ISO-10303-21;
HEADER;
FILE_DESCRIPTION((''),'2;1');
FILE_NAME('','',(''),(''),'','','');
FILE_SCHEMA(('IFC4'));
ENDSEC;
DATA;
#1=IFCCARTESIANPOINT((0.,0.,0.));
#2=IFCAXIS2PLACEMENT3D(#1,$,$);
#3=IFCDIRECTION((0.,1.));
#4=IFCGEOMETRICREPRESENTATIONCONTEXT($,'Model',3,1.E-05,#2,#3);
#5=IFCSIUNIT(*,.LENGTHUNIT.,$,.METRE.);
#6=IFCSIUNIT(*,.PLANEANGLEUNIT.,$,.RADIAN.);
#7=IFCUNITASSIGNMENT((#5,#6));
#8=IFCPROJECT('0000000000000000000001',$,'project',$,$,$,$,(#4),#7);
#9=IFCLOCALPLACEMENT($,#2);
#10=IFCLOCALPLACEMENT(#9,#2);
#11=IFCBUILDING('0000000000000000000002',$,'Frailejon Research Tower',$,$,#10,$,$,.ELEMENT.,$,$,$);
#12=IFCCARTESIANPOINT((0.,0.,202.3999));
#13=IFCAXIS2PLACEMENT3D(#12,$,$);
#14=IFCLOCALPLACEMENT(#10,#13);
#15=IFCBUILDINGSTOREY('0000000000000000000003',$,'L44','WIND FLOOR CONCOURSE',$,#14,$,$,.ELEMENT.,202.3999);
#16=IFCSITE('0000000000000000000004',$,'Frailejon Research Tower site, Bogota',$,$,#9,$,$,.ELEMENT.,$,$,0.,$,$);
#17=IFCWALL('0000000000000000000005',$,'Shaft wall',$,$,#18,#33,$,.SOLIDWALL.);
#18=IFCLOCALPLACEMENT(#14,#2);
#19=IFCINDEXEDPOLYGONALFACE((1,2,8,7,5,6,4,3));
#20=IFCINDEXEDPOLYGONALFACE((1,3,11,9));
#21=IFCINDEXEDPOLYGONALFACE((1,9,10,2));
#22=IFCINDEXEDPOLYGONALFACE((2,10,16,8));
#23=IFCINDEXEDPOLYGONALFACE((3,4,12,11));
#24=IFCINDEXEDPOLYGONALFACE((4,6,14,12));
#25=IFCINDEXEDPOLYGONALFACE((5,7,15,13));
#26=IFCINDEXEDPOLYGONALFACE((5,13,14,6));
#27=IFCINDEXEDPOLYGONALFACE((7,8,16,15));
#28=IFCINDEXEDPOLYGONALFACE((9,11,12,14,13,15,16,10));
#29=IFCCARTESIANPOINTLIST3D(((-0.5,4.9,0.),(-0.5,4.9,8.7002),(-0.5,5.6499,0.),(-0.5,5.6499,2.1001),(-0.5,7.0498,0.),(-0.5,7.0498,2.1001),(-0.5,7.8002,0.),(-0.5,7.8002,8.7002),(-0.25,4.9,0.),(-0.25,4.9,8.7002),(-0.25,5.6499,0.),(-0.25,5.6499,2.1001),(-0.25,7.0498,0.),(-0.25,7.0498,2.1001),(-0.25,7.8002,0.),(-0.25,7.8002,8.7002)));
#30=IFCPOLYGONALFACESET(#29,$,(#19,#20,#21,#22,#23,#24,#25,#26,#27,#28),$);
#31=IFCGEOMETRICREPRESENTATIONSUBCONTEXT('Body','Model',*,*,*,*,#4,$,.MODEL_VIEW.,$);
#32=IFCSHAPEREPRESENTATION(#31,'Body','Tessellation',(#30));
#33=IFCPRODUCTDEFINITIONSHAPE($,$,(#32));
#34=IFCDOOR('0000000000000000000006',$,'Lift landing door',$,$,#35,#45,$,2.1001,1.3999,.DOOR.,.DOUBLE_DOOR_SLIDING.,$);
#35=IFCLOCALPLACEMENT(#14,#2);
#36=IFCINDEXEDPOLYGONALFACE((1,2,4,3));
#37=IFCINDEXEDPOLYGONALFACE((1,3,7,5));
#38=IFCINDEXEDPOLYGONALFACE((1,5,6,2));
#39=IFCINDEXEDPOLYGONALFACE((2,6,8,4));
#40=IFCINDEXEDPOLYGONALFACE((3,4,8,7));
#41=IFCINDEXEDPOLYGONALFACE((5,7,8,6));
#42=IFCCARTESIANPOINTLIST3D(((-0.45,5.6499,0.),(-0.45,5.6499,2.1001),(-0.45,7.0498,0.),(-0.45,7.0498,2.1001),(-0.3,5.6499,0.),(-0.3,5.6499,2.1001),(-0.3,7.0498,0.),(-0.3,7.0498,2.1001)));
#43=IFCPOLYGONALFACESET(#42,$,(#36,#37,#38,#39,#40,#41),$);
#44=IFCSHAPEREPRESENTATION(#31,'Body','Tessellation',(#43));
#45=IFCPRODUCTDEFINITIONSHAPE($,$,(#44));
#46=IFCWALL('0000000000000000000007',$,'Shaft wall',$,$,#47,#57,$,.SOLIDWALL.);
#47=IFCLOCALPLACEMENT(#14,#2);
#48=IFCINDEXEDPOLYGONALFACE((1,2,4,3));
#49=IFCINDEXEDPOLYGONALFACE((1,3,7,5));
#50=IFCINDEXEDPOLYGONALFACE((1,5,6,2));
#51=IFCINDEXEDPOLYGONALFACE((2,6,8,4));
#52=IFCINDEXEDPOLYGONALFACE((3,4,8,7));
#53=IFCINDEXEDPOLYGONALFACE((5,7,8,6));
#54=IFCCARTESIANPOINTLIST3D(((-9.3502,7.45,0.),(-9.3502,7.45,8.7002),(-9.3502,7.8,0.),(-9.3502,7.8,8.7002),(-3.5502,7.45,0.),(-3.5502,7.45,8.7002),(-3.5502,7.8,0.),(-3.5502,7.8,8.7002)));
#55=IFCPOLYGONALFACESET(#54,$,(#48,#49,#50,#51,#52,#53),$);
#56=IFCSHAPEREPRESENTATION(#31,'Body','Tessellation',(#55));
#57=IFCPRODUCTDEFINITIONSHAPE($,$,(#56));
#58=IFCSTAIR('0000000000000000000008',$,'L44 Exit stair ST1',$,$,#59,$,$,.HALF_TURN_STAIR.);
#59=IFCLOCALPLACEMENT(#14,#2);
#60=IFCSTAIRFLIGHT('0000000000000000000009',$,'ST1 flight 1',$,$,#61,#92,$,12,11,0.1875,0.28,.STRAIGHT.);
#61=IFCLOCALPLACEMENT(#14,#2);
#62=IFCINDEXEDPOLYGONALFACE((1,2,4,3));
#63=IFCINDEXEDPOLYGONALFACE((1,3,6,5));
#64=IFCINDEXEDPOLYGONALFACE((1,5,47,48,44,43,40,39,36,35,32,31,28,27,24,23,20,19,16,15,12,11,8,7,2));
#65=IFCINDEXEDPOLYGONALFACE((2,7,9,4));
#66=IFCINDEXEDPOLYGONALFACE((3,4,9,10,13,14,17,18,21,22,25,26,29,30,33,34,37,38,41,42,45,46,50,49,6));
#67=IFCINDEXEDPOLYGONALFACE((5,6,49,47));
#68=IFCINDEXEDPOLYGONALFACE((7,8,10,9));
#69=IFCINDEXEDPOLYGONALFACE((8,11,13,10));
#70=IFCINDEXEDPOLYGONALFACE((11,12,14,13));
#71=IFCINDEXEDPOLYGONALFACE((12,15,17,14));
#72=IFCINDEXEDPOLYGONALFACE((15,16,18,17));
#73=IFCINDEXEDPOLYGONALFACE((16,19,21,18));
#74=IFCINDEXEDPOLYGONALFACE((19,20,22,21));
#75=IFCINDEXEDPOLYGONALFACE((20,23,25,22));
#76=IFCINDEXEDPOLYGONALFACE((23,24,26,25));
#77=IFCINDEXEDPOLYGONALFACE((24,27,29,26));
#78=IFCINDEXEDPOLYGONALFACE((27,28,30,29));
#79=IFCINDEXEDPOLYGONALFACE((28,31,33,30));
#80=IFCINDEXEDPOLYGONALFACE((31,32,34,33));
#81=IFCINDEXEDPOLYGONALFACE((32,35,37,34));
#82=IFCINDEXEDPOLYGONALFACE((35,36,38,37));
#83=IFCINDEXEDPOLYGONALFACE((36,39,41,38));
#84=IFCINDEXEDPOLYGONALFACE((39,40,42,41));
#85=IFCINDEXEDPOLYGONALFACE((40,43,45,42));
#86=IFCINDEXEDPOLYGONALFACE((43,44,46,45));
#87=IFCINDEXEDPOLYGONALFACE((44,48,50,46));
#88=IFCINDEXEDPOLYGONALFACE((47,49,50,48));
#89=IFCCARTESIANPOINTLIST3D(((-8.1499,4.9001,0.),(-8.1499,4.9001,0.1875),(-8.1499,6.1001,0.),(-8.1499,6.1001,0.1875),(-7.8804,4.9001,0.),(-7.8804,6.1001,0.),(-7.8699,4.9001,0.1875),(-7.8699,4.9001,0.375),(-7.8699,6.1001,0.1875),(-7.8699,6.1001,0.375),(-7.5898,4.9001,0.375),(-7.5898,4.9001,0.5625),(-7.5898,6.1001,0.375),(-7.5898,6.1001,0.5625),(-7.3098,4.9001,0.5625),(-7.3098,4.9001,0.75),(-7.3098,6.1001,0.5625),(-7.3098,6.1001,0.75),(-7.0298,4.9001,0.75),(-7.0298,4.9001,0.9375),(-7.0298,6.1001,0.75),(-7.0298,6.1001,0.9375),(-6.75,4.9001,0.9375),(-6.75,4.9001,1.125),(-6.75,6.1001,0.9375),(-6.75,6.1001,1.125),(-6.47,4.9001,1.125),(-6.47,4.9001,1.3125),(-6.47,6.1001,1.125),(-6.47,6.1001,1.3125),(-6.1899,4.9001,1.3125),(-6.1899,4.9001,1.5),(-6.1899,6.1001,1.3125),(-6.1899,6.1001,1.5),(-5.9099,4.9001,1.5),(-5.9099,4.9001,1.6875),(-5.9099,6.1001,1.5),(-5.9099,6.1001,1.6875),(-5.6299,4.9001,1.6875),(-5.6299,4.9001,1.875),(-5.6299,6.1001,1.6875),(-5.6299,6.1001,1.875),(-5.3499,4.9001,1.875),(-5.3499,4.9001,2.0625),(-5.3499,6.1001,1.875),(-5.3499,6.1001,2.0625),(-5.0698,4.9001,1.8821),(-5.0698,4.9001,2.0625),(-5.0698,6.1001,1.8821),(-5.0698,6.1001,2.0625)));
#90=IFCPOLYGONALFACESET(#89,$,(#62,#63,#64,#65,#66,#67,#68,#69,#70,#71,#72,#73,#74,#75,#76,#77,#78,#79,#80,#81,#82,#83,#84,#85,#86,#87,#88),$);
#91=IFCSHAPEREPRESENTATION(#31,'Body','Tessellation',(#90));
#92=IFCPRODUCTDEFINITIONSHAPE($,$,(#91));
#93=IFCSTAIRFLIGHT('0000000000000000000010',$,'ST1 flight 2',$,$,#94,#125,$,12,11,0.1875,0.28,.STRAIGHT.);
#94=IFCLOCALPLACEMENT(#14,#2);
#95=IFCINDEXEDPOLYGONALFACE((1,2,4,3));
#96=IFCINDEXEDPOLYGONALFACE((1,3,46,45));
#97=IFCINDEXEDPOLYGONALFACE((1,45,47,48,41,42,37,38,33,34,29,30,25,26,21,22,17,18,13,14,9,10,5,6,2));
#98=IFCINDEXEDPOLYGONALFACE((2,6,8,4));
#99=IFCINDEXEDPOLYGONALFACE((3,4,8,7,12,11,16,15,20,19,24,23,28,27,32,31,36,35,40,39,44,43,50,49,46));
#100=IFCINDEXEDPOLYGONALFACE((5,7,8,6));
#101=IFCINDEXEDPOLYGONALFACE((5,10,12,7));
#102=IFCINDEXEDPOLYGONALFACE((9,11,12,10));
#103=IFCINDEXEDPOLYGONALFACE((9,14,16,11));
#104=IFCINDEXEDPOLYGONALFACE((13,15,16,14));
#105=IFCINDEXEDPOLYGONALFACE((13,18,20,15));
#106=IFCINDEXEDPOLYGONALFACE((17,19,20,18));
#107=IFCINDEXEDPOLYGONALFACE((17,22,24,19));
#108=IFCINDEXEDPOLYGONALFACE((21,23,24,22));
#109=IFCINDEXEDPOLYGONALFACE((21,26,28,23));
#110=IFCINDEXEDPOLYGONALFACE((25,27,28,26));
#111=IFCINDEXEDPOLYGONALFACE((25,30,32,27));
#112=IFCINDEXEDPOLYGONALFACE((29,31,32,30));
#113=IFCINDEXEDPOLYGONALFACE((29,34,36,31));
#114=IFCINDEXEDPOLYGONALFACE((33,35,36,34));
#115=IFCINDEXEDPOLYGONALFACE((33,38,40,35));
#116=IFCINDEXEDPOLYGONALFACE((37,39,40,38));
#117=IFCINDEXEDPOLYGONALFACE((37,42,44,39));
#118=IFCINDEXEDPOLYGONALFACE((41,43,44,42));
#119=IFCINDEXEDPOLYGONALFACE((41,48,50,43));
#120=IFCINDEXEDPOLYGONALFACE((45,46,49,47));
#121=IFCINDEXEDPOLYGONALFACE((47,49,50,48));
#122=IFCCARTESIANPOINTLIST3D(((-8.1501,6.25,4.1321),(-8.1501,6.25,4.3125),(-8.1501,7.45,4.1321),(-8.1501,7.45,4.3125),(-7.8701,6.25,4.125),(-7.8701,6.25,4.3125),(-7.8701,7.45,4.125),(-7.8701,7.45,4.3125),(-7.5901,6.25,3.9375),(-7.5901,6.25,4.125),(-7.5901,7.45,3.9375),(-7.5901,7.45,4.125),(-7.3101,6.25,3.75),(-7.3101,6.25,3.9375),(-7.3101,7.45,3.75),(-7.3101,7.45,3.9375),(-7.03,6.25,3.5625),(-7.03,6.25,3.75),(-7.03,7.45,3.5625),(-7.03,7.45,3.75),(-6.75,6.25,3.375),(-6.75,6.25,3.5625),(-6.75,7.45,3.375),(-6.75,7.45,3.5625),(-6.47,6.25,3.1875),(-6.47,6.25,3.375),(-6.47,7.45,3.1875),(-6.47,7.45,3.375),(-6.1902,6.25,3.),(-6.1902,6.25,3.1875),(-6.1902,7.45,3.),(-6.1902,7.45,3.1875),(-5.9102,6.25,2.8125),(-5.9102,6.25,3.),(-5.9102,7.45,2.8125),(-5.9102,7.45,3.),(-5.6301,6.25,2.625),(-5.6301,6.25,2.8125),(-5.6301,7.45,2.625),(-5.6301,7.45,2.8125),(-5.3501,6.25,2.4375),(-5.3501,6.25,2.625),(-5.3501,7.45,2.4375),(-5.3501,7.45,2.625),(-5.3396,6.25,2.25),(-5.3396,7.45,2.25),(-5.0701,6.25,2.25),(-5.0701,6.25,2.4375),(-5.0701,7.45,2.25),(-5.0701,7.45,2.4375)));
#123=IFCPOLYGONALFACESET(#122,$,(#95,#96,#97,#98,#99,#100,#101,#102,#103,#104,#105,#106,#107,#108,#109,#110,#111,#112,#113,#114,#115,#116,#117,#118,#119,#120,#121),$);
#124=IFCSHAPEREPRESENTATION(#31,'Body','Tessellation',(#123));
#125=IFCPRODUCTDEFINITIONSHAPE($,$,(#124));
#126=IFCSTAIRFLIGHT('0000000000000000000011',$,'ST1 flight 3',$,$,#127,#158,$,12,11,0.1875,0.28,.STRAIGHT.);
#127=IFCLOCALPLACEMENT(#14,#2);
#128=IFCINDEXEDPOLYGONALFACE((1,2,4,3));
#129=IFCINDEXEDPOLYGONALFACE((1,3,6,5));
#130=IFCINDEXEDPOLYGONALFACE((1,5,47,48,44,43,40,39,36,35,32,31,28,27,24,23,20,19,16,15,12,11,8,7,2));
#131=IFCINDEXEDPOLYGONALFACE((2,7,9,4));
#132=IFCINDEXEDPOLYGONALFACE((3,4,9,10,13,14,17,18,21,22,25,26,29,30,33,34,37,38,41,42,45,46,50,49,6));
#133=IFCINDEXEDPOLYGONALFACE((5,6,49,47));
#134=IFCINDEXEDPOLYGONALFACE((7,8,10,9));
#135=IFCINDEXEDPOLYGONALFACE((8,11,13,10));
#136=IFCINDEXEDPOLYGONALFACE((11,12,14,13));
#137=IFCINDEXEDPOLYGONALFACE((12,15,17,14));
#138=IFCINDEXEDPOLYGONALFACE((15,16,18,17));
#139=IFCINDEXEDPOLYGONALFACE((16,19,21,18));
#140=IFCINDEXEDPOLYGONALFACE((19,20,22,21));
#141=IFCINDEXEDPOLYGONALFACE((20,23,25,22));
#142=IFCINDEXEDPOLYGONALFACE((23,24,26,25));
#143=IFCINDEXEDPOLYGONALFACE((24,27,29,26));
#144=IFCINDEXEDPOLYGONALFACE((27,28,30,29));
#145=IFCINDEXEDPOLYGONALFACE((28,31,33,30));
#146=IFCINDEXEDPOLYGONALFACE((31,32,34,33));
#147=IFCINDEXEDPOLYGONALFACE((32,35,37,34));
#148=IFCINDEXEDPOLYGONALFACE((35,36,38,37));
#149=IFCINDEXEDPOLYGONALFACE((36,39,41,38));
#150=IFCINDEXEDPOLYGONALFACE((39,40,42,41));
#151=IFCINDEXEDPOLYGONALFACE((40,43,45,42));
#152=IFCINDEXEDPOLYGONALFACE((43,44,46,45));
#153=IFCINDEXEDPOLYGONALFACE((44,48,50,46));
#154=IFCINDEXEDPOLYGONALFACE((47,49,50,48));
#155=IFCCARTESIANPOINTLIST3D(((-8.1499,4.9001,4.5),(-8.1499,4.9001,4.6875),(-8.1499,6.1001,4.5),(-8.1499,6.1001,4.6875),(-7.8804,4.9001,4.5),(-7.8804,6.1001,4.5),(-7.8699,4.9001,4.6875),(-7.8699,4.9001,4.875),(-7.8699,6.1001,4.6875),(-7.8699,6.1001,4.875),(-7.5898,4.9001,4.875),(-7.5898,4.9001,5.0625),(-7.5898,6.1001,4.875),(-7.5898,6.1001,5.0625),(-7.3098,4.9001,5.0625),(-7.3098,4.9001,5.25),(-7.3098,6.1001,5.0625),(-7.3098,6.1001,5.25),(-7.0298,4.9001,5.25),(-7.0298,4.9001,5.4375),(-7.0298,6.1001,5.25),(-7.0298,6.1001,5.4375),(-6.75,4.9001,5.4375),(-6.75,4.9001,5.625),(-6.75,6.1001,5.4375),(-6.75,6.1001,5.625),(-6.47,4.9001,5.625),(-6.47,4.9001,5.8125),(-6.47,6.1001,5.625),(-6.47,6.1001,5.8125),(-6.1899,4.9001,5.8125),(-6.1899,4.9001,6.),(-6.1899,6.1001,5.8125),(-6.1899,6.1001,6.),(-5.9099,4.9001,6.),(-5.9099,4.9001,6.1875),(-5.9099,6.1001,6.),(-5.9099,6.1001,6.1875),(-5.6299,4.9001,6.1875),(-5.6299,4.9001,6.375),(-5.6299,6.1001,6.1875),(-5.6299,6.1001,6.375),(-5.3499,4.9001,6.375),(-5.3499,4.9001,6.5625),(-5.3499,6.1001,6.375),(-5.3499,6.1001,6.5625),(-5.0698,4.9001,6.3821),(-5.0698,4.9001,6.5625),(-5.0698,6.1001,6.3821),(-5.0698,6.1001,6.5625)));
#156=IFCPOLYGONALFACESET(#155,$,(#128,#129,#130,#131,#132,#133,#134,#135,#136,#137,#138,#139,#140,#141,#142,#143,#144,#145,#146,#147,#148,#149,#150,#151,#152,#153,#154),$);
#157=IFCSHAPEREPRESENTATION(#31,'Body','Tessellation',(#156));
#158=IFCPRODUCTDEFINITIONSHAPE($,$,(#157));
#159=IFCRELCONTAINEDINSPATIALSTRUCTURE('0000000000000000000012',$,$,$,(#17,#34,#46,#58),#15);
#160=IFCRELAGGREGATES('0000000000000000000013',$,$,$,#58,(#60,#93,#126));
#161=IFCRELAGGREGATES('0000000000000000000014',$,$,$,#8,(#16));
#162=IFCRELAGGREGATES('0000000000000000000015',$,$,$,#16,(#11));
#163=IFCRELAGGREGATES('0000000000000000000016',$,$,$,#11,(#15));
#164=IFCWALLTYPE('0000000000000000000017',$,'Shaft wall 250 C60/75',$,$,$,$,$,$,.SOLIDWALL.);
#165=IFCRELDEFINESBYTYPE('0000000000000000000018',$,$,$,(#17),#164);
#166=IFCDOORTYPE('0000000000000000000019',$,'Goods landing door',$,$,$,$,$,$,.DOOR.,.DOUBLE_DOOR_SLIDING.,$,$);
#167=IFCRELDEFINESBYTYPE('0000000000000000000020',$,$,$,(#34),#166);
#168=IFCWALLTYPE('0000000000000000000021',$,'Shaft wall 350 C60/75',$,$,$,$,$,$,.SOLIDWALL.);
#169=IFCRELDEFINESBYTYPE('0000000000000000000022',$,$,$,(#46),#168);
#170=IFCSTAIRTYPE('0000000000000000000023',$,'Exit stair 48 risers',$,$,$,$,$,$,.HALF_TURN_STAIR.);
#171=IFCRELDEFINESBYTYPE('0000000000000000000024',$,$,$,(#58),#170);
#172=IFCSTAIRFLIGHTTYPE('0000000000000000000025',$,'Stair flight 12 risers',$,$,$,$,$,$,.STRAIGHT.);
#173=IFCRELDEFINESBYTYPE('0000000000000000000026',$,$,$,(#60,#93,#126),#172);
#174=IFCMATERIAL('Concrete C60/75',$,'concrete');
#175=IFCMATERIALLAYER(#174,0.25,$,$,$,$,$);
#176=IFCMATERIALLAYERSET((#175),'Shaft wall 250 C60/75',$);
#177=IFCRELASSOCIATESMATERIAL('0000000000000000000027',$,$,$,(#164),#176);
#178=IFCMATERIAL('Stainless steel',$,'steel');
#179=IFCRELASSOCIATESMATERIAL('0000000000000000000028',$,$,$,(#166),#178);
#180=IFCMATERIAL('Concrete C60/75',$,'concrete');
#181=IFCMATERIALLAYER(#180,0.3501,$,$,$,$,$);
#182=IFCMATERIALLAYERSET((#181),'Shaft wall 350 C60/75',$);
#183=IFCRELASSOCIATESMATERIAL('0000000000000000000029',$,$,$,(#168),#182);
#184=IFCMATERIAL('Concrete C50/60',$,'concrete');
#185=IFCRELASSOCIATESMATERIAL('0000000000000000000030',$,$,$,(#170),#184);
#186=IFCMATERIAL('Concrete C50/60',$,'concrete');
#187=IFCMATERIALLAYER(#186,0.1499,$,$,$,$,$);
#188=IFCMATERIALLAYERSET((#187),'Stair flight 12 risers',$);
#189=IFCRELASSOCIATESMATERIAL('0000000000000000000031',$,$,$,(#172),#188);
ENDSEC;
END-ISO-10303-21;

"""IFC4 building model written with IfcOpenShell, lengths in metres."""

from ifc_helpers import new_model, si_unit, direction, frame, frame_2d, origin, place, context, subcontext, project, spatial, polyline, rectangle, outline, extrude, material, layer, layer_set, type_object, element, fill, aggregate, save


model = new_model("IFC4")

# Units and contexts
model_context = context("Model", 3, precision=1e-05, world=origin(), true_north=direction((0.0, 1.0)))
body_context = subcontext(model_context, "Body", "Model", "MODEL_VIEW")
ifc_project = project(units=[si_unit("LENGTHUNIT", "METRE"), si_unit("PLANEANGLEUNIT", "RADIAN")], contexts=[model_context])

# Site, building, storey
site_placement = place(None, origin())
site = spatial("IfcSite", under=ifc_project, at=site_placement, Name="Frailejon Research Tower site, Bogota", CompositionType="ELEMENT", RefElevation=0.0)
building_placement = place(site_placement, origin())
building = spatial("IfcBuilding", under=site, at=building_placement, Name="Frailejon Research Tower", CompositionType="ELEMENT")
storey_placement = place(building_placement, frame((0.0, 0.0, 202.3999)))
storey = spatial("IfcBuildingStorey", under=building, at=storey_placement, Name="L44", Description="WIND FLOOR CONCOURSE", CompositionType="ELEMENT", Elevation=202.3999)

# Shared definitions
ifc_material_1 = material(Name="Concrete C60/75", Category="concrete")
ifc_layer_1 = layer(ifc_material_1, 0.25)
ifc_layer_set_1 = layer_set([ifc_layer_1], Name="Shaft wall 250 C60/75")
wall_type_1 = type_object("IfcWallType", Name="Shaft wall 250 C60/75", PredefinedType="SOLIDWALL", material=ifc_layer_set_1)

# Wall, opening, door
wall_1_placement = place(storey_placement, frame((-0.375, 4.8999, 0.0), z_axis=(0.0, 0.0, 1.0), x_axis=(0.0, 1.0, 0.0)))
wall_1 = element("IfcWall", 1, at=wall_1_placement, inside=storey, type_object=wall_type_1, Name="Shaft wall", PredefinedType="SOLIDWALL", context=body_context, shape_type="SweptSolid", body=[
    extrude(rectangle(XDim=2.9001, YDim=0.25, at=frame_2d((1.4502, 0.0))), origin(), (0.0, 0.0, 1.0), 8.7002),
])
opening_1_placement = place(wall_1_placement, frame((0.75, 0.0, 0.0)))
opening_1 = element("IfcOpeningElement", 2, at=opening_1_placement, cuts=wall_1, PredefinedType="OPENING", context=body_context, shape_type="SweptSolid", body=[
    extrude(rectangle(XDim=1.3999, YDim=2.1001, at=frame_2d((0.7, 1.05))), frame((0.0, 0.135, 0.0), z_axis=(0.0, -1.0, 0.0), x_axis=(1.0, 0.0, 0.0)), (0.0, 0.0, 1.0), 0.27),
])
ifc_material_2 = material(Name="Stainless steel", Category="steel")
door_type_1 = type_object("IfcDoorType", Name="Goods landing door", OperationType="DOUBLE_DOOR_SLIDING", PredefinedType="DOOR", material=ifc_material_2)
door_1_placement = place(opening_1_placement, origin())
door_1 = element("IfcDoor", 3, at=door_1_placement, inside=storey, type_object=door_type_1, Name="Lift landing door", OperationType="DOUBLE_DOOR_SLIDING", OverallHeight=2.1001, OverallWidth=1.3999, PredefinedType="DOOR", context=body_context, shape_type="SweptSolid", body=[
    extrude(rectangle(XDim=1.3999, YDim=2.1001, at=frame_2d((0.7, 1.05))), frame((0.0, 0.075, 0.0), z_axis=(0.0, -1.0, 0.0), x_axis=(1.0, 0.0, 0.0)), (0.0, 0.0, 1.0), 0.1499),
])
fill(opening_1, door_1)

# Wall
ifc_material_3 = material(Name="Concrete C60/75", Category="concrete")
ifc_layer_2 = layer(ifc_material_3, 0.3501)
ifc_layer_set_2 = layer_set([ifc_layer_2], Name="Shaft wall 350 C60/75")
wall_type_2 = type_object("IfcWallType", Name="Shaft wall 350 C60/75", PredefinedType="SOLIDWALL", material=ifc_layer_set_2)
wall_2_placement = place(storey_placement, frame((-9.3501, 7.625, 0.0), z_axis=(0.0, 0.0, 1.0), x_axis=(1.0, 0.0, 0.0)))
element("IfcWall", 4, at=wall_2_placement, inside=storey, type_object=wall_type_2, Name="Shaft wall", PredefinedType="SOLIDWALL", context=body_context, shape_type="SweptSolid", body=[
    extrude(rectangle(XDim=5.8, YDim=0.3501, at=frame_2d((2.8999, 0.0))), origin(), (0.0, 0.0, 1.0), 8.7002),
])

# Stair, stair flights
ifc_material_4 = material(Name="Concrete C50/60", Category="concrete")
stair_type = type_object("IfcStairType", Name="Exit stair 48 risers", PredefinedType="HALF_TURN_STAIR", material=ifc_material_4)
stair_placement = place(storey_placement, origin())
stair = element("IfcStair", 5, at=stair_placement, inside=storey, type_object=stair_type, Name="L44 Exit stair ST1", PredefinedType="HALF_TURN_STAIR")
ifc_material_5 = material(Name="Concrete C50/60", Category="concrete")
ifc_layer_3 = layer(ifc_material_5, 0.1499)
ifc_layer_set_3 = layer_set([ifc_layer_3], Name="Stair flight 12 risers")
stair_flight_type = type_object("IfcStairFlightType", Name="Stair flight 12 risers", PredefinedType="STRAIGHT", material=ifc_layer_set_3)
stair_flight_1_placement = place(storey_placement, frame((-8.1499, 5.5, 0.0), z_axis=(0.0, 0.0, 1.0), x_axis=(1.0, 0.0, 0.0)))
stair_flight_1 = element("IfcStairFlight", 6, at=stair_flight_1_placement, type_object=stair_flight_type, Name="ST1 flight 1", NumberOfRisers=12, NumberOfTreads=11, PredefinedType="STRAIGHT", RiserHeight=0.1875, TreadLength=0.28, context=body_context, shape_type="SweptSolid", body=[
    extrude(outline(polyline([(0.0, 0.0), (0.0, 0.1875), (0.28, 0.1875), (0.28, 0.375), (0.5601, 0.375), (0.5601, 0.5625), (0.8401, 0.5625), (0.8401, 0.75), (1.1201, 0.75), (1.1201, 0.9375), (1.3999, 0.9375), (1.3999, 1.125), (1.6799, 1.125), (1.6799, 1.3125), (1.96, 1.3125), (1.96, 1.5), (2.24, 1.5), (2.24, 1.6875), (2.52, 1.6875), (2.52, 1.875), (2.8, 1.875), (2.8, 2.0625), (3.0801, 2.0625), (3.0801, 2.25), (3.0801, 1.8821), (0.2695, 0.0), (0.0, 0.0)])), frame((0.0, 0.6001, 0.0), z_axis=(0.0, -1.0, 0.0), x_axis=(1.0, 0.0, 0.0)), (0.0, 0.0, 1.0), 1.2),
])
stair_flight_2_placement = place(storey_placement, frame((-5.0701, 6.8501, 2.25), z_axis=(0.0, 0.0, 1.0), x_axis=(-1.0, 0.0, 0.0)))
stair_flight_2 = element("IfcStairFlight", 7, at=stair_flight_2_placement, type_object=stair_flight_type, Name="ST1 flight 2", NumberOfRisers=12, NumberOfTreads=11, PredefinedType="STRAIGHT", RiserHeight=0.1875, TreadLength=0.28, context=body_context, shape_type="SweptSolid", body=[
    extrude(outline(polyline([(0.0, 0.0), (0.0, 0.1875), (0.28, 0.1875), (0.28, 0.375), (0.5601, 0.375), (0.5601, 0.5625), (0.8401, 0.5625), (0.8401, 0.75), (1.1201, 0.75), (1.1201, 0.9375), (1.3999, 0.9375), (1.3999, 1.125), (1.6799, 1.125), (1.6799, 1.3125), (1.96, 1.3125), (1.96, 1.5), (2.24, 1.5), (2.24, 1.6875), (2.52, 1.6875), (2.52, 1.875), (2.8, 1.875), (2.8, 2.0625), (3.0801, 2.0625), (3.0801, 2.25), (3.0801, 1.8821), (0.2695, 0.0), (0.0, 0.0)])), frame((0.0, 0.6001, 0.0), z_axis=(0.0, -1.0, 0.0), x_axis=(1.0, 0.0, 0.0)), (0.0, 0.0, 1.0), 1.2),
])
stair_flight_3_placement = place(storey_placement, frame((-8.1499, 5.5, 4.5), z_axis=(0.0, 0.0, 1.0), x_axis=(1.0, 0.0, 0.0)))
stair_flight_3 = element("IfcStairFlight", 8, at=stair_flight_3_placement, type_object=stair_flight_type, Name="ST1 flight 3", NumberOfRisers=12, NumberOfTreads=11, PredefinedType="STRAIGHT", RiserHeight=0.1875, TreadLength=0.28, context=body_context, shape_type="SweptSolid", body=[
    extrude(outline(polyline([(0.0, 0.0), (0.0, 0.1875), (0.28, 0.1875), (0.28, 0.375), (0.5601, 0.375), (0.5601, 0.5625), (0.8401, 0.5625), (0.8401, 0.75), (1.1201, 0.75), (1.1201, 0.9375), (1.3999, 0.9375), (1.3999, 1.125), (1.6799, 1.125), (1.6799, 1.3125), (1.96, 1.3125), (1.96, 1.5), (2.24, 1.5), (2.24, 1.6875), (2.52, 1.6875), (2.52, 1.875), (2.8, 1.875), (2.8, 2.0625), (3.0801, 2.0625), (3.0801, 2.25), (3.0801, 1.8821), (0.2695, 0.0), (0.0, 0.0)])), frame((0.0, 0.6001, 0.0), z_axis=(0.0, -1.0, 0.0), x_axis=(1.0, 0.0, 0.0)), (0.0, 0.0, 1.0), 1.2),
])
aggregate(stair, [stair_flight_1, stair_flight_2, stair_flight_3])

save(model, "model.ifc")
